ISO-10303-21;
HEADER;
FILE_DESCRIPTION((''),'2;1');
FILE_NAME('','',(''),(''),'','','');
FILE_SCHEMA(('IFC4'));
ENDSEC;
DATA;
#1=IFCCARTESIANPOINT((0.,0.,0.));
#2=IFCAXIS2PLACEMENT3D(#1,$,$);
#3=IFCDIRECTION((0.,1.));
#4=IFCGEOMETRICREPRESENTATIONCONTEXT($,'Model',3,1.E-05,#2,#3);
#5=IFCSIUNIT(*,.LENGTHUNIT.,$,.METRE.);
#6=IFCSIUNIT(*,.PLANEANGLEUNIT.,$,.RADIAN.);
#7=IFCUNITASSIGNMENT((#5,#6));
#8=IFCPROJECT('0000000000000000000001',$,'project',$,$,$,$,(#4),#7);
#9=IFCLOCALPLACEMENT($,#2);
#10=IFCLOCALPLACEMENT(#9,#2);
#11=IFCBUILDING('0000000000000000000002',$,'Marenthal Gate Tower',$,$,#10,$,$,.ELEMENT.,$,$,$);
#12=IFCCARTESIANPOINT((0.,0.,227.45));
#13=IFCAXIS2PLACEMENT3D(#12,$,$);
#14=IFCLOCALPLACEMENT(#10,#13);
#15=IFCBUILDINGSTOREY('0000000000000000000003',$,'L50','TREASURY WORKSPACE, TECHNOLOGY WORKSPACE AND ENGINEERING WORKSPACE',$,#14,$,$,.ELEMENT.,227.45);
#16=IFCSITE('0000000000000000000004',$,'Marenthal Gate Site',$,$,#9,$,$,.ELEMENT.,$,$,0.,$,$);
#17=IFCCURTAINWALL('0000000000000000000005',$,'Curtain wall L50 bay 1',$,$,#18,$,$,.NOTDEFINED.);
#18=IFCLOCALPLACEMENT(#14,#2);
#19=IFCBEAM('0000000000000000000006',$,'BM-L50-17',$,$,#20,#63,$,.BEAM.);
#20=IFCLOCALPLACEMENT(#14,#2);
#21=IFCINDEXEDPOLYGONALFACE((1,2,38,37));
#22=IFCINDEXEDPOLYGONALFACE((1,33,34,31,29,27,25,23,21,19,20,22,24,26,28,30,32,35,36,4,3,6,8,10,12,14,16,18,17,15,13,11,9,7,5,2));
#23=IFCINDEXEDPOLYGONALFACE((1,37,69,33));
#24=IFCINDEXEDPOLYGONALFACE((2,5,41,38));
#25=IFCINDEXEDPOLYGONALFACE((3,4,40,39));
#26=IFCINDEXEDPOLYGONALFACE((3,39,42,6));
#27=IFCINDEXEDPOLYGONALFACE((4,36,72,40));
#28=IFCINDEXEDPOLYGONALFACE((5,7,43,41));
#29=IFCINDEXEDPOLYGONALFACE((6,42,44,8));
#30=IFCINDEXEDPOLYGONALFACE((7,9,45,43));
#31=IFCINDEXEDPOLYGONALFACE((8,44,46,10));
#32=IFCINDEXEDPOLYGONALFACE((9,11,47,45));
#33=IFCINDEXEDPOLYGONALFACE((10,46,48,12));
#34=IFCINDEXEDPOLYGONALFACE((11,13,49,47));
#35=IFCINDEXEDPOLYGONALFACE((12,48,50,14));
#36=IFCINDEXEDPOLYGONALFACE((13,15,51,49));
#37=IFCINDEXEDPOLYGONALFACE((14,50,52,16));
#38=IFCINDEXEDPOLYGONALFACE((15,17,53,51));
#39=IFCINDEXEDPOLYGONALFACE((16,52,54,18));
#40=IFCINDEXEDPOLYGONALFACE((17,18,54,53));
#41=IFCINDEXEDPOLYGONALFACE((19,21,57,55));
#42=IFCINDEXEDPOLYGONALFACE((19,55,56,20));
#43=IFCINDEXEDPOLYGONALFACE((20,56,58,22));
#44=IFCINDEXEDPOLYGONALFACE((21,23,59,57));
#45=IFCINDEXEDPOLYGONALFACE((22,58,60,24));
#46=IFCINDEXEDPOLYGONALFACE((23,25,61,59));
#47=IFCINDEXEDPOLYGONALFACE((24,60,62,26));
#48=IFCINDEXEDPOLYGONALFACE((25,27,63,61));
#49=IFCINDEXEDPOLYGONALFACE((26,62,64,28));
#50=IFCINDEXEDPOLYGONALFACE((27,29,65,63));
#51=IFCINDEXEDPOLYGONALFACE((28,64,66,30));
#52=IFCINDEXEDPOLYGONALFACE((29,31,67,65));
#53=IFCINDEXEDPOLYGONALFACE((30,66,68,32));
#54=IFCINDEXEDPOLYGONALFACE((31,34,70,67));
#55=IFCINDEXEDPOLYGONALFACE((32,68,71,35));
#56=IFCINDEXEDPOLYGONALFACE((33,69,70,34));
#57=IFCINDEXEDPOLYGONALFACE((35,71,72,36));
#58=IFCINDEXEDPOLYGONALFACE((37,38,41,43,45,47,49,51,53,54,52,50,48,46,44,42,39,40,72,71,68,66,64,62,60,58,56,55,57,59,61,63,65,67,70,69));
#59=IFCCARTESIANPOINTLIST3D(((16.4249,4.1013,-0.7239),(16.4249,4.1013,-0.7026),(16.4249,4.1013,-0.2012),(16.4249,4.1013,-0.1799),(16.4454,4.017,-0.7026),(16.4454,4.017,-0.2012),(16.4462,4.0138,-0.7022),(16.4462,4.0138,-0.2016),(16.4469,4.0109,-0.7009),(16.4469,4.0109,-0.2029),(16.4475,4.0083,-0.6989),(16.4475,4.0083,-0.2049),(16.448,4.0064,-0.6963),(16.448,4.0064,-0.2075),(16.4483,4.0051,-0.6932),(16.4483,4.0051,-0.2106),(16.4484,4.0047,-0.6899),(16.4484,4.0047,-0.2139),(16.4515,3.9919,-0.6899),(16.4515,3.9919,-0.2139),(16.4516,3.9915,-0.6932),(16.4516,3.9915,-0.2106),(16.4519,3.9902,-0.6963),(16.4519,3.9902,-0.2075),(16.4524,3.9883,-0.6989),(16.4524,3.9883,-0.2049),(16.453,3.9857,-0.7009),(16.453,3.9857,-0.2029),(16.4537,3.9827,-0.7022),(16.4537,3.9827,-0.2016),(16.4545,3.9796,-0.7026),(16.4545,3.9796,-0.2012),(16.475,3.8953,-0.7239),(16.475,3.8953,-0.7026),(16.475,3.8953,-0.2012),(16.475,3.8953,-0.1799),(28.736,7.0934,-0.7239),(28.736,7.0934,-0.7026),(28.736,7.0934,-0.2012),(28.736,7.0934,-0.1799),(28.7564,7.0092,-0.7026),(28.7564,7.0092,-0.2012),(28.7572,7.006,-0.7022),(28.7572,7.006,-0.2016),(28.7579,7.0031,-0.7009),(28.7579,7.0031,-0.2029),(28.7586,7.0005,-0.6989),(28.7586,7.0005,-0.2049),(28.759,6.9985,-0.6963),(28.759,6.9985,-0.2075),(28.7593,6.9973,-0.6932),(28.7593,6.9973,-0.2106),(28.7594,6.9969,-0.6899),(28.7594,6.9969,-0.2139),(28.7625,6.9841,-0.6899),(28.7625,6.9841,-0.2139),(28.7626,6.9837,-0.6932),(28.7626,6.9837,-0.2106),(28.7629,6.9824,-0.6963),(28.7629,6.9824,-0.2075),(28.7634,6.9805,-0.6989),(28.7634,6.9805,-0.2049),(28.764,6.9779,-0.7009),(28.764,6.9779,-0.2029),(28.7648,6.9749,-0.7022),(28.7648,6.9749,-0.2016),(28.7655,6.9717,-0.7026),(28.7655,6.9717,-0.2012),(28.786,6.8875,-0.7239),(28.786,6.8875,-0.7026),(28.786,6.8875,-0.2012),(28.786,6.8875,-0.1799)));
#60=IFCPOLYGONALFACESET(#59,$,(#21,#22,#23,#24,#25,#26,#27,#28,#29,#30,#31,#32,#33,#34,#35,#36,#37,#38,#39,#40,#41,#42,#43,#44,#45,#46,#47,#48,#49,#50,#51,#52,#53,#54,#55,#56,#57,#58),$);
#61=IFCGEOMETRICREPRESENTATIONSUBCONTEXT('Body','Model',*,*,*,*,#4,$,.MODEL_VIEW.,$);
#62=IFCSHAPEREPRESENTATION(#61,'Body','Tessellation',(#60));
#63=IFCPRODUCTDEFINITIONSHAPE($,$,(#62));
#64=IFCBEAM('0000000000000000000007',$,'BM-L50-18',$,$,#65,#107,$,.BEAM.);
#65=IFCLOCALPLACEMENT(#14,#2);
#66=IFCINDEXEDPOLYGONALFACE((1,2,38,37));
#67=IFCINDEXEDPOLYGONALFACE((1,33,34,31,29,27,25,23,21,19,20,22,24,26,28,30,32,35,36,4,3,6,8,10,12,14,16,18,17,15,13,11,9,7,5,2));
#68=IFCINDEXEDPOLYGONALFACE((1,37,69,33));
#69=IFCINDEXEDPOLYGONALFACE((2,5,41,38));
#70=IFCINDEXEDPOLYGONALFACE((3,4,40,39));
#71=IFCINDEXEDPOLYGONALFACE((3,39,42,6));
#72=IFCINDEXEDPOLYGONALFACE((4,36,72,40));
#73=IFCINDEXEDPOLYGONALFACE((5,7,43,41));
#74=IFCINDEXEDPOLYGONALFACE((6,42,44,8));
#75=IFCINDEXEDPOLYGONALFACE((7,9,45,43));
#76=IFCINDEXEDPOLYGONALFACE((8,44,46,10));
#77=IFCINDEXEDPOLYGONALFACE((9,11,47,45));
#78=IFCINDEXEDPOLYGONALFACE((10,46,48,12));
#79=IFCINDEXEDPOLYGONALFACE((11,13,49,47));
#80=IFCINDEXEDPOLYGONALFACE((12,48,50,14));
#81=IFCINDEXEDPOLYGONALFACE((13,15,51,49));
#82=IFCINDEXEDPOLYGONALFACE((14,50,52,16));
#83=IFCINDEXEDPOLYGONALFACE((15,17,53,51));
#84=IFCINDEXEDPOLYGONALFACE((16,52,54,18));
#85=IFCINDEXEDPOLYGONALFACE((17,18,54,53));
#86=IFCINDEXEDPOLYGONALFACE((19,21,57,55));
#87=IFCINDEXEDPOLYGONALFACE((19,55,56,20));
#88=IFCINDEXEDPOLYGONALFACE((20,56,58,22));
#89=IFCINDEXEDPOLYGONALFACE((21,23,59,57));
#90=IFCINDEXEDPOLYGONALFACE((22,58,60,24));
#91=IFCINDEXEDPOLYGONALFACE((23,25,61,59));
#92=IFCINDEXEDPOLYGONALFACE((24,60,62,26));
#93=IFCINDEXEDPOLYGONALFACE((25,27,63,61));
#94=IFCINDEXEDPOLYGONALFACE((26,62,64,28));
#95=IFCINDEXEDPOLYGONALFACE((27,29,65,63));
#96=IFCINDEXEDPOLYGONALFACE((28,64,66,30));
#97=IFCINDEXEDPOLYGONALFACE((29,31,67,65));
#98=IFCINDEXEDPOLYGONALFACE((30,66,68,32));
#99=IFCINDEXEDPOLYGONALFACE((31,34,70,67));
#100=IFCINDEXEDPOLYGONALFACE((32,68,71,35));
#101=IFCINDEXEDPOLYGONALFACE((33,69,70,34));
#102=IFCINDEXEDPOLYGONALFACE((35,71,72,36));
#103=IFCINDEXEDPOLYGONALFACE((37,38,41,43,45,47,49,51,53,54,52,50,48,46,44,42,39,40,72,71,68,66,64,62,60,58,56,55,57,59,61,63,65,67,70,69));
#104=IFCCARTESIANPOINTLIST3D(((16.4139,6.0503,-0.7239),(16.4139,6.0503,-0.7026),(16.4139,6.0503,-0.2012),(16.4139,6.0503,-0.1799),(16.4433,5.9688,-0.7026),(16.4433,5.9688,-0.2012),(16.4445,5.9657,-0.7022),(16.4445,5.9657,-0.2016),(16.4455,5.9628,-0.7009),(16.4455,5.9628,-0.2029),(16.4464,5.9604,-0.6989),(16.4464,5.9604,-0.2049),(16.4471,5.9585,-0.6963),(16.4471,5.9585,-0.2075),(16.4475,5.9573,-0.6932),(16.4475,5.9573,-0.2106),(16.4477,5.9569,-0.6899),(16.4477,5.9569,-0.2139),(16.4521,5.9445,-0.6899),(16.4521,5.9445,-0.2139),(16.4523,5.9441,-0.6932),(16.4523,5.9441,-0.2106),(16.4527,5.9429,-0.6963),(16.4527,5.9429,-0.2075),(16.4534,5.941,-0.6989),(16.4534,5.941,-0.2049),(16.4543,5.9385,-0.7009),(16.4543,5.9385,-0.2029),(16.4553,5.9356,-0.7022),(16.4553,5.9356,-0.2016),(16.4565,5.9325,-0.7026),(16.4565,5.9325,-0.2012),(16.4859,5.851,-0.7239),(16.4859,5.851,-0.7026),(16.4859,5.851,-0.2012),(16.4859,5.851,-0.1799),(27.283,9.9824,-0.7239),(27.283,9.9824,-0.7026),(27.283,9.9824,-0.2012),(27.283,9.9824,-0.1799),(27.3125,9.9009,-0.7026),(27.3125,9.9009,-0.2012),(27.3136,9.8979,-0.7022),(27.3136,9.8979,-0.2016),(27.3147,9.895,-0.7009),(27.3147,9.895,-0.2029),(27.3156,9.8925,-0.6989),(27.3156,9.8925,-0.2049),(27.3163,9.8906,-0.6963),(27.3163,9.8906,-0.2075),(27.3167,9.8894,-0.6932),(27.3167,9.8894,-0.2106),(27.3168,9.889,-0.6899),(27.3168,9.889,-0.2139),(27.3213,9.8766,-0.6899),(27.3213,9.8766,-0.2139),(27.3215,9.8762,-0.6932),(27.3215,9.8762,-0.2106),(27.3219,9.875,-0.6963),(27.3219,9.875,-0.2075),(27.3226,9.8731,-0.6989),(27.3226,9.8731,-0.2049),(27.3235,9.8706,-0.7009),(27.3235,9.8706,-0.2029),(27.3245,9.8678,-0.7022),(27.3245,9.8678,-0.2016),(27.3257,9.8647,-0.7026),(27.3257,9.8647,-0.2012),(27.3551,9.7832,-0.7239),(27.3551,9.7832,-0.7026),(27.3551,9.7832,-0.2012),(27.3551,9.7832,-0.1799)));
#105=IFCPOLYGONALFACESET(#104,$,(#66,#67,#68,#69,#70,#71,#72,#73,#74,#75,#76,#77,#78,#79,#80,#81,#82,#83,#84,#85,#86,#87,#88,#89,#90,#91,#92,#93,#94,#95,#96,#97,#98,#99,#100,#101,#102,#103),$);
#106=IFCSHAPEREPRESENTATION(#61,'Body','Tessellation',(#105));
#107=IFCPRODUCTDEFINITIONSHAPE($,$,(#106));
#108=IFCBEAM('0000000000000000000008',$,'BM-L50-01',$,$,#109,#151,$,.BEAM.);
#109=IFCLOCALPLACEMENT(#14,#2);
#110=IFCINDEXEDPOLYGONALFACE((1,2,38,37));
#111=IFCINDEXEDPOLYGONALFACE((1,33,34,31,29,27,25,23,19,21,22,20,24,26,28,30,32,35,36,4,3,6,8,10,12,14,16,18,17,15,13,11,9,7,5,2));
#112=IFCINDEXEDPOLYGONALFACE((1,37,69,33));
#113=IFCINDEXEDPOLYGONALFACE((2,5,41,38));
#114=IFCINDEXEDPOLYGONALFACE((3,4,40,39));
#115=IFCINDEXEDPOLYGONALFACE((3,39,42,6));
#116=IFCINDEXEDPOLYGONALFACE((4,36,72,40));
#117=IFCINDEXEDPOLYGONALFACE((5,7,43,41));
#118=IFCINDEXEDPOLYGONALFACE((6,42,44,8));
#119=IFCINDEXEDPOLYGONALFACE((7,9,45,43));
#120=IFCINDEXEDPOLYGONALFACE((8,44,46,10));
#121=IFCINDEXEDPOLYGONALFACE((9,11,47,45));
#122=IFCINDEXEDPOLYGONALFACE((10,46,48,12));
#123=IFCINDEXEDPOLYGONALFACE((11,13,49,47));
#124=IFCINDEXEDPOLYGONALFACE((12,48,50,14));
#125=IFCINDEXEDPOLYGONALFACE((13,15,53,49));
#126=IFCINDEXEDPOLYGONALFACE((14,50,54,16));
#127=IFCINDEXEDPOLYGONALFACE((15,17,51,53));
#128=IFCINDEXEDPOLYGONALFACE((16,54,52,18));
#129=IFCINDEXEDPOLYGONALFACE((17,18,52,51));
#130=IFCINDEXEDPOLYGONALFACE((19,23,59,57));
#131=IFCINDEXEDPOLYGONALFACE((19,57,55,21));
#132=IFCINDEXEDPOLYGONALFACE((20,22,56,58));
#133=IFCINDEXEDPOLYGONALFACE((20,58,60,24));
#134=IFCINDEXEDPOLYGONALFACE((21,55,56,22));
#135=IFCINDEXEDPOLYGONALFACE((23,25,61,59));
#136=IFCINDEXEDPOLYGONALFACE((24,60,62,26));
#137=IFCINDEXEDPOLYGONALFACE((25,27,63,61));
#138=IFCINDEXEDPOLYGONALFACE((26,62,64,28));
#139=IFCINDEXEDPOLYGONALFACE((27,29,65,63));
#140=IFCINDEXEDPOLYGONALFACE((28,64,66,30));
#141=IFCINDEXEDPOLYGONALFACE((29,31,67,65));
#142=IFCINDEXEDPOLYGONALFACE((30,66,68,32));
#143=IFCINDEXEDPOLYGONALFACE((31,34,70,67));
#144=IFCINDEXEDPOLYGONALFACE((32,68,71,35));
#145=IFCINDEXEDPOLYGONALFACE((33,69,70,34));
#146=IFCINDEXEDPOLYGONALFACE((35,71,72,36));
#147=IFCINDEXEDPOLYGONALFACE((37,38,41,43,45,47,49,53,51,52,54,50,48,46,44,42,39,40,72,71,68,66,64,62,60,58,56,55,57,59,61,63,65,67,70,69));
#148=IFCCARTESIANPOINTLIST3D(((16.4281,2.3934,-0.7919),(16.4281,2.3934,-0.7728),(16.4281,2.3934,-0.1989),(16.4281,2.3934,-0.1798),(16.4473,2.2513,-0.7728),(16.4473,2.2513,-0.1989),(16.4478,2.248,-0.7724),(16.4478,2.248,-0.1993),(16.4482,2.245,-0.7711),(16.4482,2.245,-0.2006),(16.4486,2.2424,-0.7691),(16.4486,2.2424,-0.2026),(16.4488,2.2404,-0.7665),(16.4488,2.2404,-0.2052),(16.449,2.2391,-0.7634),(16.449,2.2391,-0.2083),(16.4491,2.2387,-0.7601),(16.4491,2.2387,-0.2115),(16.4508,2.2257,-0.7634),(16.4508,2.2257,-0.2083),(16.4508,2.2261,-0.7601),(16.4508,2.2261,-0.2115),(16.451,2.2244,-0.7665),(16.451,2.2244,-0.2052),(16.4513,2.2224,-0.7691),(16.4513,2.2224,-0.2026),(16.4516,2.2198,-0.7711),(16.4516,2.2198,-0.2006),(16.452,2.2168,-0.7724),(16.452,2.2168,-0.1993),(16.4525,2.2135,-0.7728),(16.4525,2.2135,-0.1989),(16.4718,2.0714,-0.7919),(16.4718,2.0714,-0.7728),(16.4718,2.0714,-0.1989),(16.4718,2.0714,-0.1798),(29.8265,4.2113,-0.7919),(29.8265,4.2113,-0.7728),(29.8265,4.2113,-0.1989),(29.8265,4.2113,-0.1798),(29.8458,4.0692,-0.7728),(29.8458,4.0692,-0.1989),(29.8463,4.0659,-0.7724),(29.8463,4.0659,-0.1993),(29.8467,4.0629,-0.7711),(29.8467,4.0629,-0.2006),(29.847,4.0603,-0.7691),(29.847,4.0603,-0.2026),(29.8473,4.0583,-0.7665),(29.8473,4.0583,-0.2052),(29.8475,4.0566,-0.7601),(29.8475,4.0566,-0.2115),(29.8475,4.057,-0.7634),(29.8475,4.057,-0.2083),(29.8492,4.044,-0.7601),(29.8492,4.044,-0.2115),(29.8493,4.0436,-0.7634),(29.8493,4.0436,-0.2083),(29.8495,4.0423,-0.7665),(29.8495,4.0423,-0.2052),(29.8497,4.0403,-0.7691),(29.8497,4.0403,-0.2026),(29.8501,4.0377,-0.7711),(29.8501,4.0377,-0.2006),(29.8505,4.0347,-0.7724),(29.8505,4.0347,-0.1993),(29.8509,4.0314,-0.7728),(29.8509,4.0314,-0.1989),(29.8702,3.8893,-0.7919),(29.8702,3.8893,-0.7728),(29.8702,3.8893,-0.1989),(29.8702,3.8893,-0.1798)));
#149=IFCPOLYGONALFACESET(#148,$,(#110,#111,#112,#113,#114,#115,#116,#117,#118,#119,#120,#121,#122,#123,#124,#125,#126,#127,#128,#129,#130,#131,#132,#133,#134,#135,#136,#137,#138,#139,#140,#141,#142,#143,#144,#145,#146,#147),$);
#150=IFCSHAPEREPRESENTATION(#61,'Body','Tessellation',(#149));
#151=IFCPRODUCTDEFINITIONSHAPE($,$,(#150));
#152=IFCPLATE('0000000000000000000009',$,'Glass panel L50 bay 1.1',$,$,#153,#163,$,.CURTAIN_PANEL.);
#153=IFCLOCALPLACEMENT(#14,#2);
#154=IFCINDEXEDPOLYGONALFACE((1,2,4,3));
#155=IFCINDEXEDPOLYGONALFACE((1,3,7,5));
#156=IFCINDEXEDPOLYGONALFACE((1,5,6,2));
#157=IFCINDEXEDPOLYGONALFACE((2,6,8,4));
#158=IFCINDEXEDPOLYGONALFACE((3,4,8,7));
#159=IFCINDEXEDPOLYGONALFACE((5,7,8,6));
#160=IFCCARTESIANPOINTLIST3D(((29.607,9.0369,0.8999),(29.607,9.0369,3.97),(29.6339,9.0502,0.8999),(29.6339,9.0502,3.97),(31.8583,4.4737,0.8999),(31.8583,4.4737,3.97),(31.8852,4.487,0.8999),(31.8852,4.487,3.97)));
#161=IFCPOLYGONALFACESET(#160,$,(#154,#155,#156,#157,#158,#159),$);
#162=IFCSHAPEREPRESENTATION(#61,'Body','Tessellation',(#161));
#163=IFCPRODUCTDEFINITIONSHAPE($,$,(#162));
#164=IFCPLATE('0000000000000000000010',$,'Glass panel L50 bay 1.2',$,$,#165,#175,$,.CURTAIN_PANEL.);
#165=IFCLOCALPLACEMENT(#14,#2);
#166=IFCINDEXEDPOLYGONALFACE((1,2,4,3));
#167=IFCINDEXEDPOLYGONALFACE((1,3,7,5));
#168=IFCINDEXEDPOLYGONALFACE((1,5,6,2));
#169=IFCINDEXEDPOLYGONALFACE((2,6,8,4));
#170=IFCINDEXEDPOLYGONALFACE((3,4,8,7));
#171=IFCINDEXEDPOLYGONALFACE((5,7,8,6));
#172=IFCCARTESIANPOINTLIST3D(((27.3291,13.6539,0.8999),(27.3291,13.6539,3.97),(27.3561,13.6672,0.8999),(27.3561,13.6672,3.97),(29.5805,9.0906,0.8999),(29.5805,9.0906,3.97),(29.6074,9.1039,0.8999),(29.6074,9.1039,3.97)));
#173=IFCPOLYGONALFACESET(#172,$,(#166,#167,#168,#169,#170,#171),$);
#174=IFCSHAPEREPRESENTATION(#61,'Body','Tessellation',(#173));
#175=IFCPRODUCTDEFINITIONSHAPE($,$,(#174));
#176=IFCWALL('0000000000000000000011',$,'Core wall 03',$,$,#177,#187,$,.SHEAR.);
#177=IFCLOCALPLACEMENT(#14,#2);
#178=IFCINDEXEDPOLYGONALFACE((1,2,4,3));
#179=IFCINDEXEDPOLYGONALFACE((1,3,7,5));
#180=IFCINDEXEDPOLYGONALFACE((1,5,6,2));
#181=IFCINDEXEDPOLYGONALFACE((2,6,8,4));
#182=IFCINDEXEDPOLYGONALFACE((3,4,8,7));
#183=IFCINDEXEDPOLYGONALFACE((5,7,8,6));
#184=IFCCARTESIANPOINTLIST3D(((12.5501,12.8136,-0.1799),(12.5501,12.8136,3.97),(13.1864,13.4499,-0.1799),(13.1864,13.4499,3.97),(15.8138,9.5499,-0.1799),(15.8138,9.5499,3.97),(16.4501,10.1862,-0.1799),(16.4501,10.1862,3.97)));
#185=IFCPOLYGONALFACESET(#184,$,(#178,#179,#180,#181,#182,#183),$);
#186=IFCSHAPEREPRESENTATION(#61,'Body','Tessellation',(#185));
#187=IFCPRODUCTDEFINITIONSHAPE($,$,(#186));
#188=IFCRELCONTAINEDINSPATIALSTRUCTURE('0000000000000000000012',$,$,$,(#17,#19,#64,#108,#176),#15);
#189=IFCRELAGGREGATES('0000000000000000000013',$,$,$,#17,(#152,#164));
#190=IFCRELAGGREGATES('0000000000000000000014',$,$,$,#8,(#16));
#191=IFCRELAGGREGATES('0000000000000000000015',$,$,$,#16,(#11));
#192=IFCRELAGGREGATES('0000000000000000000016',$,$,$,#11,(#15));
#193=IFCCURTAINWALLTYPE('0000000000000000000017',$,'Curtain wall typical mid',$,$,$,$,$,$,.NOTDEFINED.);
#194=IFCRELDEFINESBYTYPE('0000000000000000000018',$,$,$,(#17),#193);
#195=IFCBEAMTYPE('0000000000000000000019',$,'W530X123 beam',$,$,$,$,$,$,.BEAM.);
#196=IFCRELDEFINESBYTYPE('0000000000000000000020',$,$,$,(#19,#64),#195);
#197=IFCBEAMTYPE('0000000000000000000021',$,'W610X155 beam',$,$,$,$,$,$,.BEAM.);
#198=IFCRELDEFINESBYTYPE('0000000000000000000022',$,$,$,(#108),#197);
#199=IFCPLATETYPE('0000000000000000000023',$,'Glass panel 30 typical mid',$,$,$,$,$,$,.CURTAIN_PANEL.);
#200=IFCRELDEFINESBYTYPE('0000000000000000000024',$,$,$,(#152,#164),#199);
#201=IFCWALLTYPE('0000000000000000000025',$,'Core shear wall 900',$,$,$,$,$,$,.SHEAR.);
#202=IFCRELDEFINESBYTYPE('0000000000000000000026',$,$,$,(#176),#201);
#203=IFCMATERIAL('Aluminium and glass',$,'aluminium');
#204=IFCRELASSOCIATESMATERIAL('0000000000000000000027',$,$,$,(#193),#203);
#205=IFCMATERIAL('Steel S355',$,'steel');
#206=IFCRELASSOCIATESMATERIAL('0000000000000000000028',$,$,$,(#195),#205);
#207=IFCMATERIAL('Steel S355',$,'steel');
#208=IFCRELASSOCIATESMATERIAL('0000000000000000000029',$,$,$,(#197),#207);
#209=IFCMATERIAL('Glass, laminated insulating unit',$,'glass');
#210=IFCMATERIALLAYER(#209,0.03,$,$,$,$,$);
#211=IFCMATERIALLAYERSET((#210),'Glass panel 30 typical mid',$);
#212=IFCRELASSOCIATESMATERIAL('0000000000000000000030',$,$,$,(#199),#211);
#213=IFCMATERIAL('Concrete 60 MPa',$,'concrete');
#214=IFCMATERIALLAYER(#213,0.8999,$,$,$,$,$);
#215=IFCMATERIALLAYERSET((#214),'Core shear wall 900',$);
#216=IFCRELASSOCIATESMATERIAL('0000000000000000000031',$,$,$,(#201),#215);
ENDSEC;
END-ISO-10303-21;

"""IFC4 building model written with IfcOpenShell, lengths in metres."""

from ifc_helpers import new_model, si_unit, direction, frame, frame_2d, origin, origin_2d, place, context, subcontext, project, spatial, rectangle, i_section, extrude, material, layer, layer_set, material_profile, profile_set, type_object, element, aggregate, save


model = new_model("IFC4")

# Units and contexts
model_context = context("Model", 3, precision=1e-05, world=origin(), true_north=direction((0.0, 1.0)))
body_context = subcontext(model_context, "Body", "Model", "MODEL_VIEW")
ifc_project = project(units=[si_unit("LENGTHUNIT", "METRE"), si_unit("PLANEANGLEUNIT", "RADIAN")], contexts=[model_context])

# Site, building, storey
site_placement = place(None, origin())
site = spatial("IfcSite", under=ifc_project, at=site_placement, Name="Marenthal Gate Site", CompositionType="ELEMENT", RefElevation=0.0)
building_placement = place(site_placement, origin())
building = spatial("IfcBuilding", under=site, at=building_placement, Name="Marenthal Gate Tower", CompositionType="ELEMENT")
storey_placement = place(building_placement, frame((0.0, 0.0, 227.45)))
storey = spatial("IfcBuildingStorey", under=building, at=storey_placement, Name="L50", Description="TREASURY WORKSPACE, TECHNOLOGY WORKSPACE AND ENGINEERING WORKSPACE", CompositionType="ELEMENT", Elevation=227.45)

# Curtain wall
ifc_material_1 = material(Name="Aluminium and glass", Category="aluminium")
curtain_wall_type = type_object("IfcCurtainWallType", Name="Curtain wall typical mid", PredefinedType="NOTDEFINED", material=ifc_material_1)
curtain_wall_placement = place(storey_placement, origin())
curtain_wall = element("IfcCurtainWall", 1, at=curtain_wall_placement, inside=storey, type_object=curtain_wall_type, Name="Curtain wall L50 bay 1", PredefinedType="NOTDEFINED")

# Beams
ifc_material_2 = material(Name="Steel S355", Category="steel")
ifc_material_profile_1 = material_profile(ifc_material_2, i_section(OverallWidth=0.2119, OverallDepth=0.5439, WebThickness=0.0132, FlangeThickness=0.0212, FilletRadius=0.0127, at=origin_2d()), Name="W530X123")
ifc_profile_set_1 = profile_set([ifc_material_profile_1], Name="Steel S355")
beam_type_1 = type_object("IfcBeamType", Name="W530X123 beam", PredefinedType="BEAM", material=ifc_profile_set_1)
beam_1_placement = place(storey_placement, frame((28.761, 6.9905, -0.4519), z_axis=(-0.971711, -0.236174, 0.0), x_axis=(0.236174, -0.971711, 0.0)))
element("IfcBeam", 2, at=beam_1_placement, inside=storey, type_object=beam_type_1, Name="BM-L50-17", PredefinedType="BEAM", context=body_context, shape_type="SweptSolid", body=[
    extrude(i_section(OverallWidth=0.2119, OverallDepth=0.5439, WebThickness=0.0132, FlangeThickness=0.0212, FilletRadius=0.0127, at=origin_2d()), origin(), (0.0, 0.0, 1.0), 12.6694),
])
beam_2_placement = place(storey_placement, frame((27.3191, 9.8828, -0.4519), z_axis=(-0.940356, -0.340193, 0.0), x_axis=(0.340193, -0.940356, 0.0)))
element("IfcBeam", 3, at=beam_2_placement, inside=storey, type_object=beam_type_1, Name="BM-L50-18", PredefinedType="BEAM", context=body_context, shape_type="SweptSolid", body=[
    extrude(i_section(OverallWidth=0.2119, OverallDepth=0.5439, WebThickness=0.0132, FlangeThickness=0.0212, FilletRadius=0.0127, at=origin_2d()), origin(), (0.0, 0.0, 1.0), 11.5586),
])
ifc_material_3 = material(Name="Steel S355", Category="steel")
ifc_material_profile_2 = material_profile(ifc_material_3, i_section(OverallWidth=0.325, OverallDepth=0.6121, WebThickness=0.0127, FlangeThickness=0.019, FilletRadius=0.0127, at=origin_2d()), Name="W610X155")
ifc_profile_set_2 = profile_set([ifc_material_profile_2], Name="Steel S355")
beam_type_2 = type_object("IfcBeamType", Name="W610X155 beam", PredefinedType="BEAM", material=ifc_profile_set_2)
beam_3_placement = place(storey_placement, frame((29.8484, 4.0503, -0.4858), z_axis=(-0.990921, -0.134446, 0.0), x_axis=(0.134446, -0.990921, 0.0)))
element("IfcBeam", 4, at=beam_3_placement, inside=storey, type_object=beam_type_2, Name="BM-L50-01", PredefinedType="BEAM", context=body_context, shape_type="SweptSolid", body=[
    extrude(i_section(OverallWidth=0.325, OverallDepth=0.6121, WebThickness=0.0127, FlangeThickness=0.019, FilletRadius=0.0127, at=origin_2d()), origin(), (0.0, 0.0, 1.0), 13.5212),
])

# Plates
ifc_material_4 = material(Name="Glass, laminated insulating unit", Category="glass")
ifc_layer_1 = layer(ifc_material_4, 0.03)
ifc_layer_set_1 = layer_set([ifc_layer_1], Name="Glass panel 30 typical mid")
plate_type = type_object("IfcPlateType", Name="Glass panel 30 typical mid", PredefinedType="CURTAIN_PANEL", material=ifc_layer_set_1)
plate_1_placement = place(storey_placement, frame((30.7461, 6.762, 0.8999), z_axis=(0.0, 0.0, 1.0), x_axis=(-0.442441, 0.896798, 0.0)))
plate_1 = element("IfcPlate", 5, at=plate_1_placement, type_object=plate_type, Name="Glass panel L50 bay 1.1", PredefinedType="CURTAIN_PANEL", context=body_context, shape_type="SweptSolid", body=[
    extrude(rectangle(XDim=5.0884, YDim=0.03, at=origin_2d()), origin(), (0.0, 0.0, 1.0), 3.0701),
])
plate_2_placement = place(storey_placement, frame((28.4683, 11.3789, 0.8999), z_axis=(0.0, 0.0, 1.0), x_axis=(-0.442441, 0.896798, 0.0)))
plate_2 = element("IfcPlate", 6, at=plate_2_placement, type_object=plate_type, Name="Glass panel L50 bay 1.2", PredefinedType="CURTAIN_PANEL", context=body_context, shape_type="SweptSolid", body=[
    extrude(rectangle(XDim=5.0884, YDim=0.03, at=origin_2d()), origin(), (0.0, 0.0, 1.0), 3.0701),
])
aggregate(curtain_wall, [plate_1, plate_2])

# Wall
ifc_material_5 = material(Name="Concrete 60 MPa", Category="concrete")
ifc_layer_2 = layer(ifc_material_5, 0.8999)
ifc_layer_set_2 = layer_set([ifc_layer_2], Name="Core shear wall 900")
wall_type_1 = type_object("IfcWallType", Name="Core shear wall 900", PredefinedType="SHEAR", material=ifc_layer_set_2)
wall_1_placement = place(storey_placement, frame((16.1318, 9.8682, -0.1799), z_axis=(0.0, 0.0, 1.0), x_axis=(-0.707107, 0.707107, 0.0)))
element("IfcWall", 7, at=wall_1_placement, inside=storey, type_object=wall_type_1, Name="Core wall 03", PredefinedType="SHEAR", context=body_context, shape_type="SweptSolid", body=[
    extrude(rectangle(XDim=4.6155, YDim=0.8999, at=frame_2d((2.3076, 0.0))), origin(), (0.0, 0.0, 1.0), 4.1499),
])

save(model, "model.ifc")
